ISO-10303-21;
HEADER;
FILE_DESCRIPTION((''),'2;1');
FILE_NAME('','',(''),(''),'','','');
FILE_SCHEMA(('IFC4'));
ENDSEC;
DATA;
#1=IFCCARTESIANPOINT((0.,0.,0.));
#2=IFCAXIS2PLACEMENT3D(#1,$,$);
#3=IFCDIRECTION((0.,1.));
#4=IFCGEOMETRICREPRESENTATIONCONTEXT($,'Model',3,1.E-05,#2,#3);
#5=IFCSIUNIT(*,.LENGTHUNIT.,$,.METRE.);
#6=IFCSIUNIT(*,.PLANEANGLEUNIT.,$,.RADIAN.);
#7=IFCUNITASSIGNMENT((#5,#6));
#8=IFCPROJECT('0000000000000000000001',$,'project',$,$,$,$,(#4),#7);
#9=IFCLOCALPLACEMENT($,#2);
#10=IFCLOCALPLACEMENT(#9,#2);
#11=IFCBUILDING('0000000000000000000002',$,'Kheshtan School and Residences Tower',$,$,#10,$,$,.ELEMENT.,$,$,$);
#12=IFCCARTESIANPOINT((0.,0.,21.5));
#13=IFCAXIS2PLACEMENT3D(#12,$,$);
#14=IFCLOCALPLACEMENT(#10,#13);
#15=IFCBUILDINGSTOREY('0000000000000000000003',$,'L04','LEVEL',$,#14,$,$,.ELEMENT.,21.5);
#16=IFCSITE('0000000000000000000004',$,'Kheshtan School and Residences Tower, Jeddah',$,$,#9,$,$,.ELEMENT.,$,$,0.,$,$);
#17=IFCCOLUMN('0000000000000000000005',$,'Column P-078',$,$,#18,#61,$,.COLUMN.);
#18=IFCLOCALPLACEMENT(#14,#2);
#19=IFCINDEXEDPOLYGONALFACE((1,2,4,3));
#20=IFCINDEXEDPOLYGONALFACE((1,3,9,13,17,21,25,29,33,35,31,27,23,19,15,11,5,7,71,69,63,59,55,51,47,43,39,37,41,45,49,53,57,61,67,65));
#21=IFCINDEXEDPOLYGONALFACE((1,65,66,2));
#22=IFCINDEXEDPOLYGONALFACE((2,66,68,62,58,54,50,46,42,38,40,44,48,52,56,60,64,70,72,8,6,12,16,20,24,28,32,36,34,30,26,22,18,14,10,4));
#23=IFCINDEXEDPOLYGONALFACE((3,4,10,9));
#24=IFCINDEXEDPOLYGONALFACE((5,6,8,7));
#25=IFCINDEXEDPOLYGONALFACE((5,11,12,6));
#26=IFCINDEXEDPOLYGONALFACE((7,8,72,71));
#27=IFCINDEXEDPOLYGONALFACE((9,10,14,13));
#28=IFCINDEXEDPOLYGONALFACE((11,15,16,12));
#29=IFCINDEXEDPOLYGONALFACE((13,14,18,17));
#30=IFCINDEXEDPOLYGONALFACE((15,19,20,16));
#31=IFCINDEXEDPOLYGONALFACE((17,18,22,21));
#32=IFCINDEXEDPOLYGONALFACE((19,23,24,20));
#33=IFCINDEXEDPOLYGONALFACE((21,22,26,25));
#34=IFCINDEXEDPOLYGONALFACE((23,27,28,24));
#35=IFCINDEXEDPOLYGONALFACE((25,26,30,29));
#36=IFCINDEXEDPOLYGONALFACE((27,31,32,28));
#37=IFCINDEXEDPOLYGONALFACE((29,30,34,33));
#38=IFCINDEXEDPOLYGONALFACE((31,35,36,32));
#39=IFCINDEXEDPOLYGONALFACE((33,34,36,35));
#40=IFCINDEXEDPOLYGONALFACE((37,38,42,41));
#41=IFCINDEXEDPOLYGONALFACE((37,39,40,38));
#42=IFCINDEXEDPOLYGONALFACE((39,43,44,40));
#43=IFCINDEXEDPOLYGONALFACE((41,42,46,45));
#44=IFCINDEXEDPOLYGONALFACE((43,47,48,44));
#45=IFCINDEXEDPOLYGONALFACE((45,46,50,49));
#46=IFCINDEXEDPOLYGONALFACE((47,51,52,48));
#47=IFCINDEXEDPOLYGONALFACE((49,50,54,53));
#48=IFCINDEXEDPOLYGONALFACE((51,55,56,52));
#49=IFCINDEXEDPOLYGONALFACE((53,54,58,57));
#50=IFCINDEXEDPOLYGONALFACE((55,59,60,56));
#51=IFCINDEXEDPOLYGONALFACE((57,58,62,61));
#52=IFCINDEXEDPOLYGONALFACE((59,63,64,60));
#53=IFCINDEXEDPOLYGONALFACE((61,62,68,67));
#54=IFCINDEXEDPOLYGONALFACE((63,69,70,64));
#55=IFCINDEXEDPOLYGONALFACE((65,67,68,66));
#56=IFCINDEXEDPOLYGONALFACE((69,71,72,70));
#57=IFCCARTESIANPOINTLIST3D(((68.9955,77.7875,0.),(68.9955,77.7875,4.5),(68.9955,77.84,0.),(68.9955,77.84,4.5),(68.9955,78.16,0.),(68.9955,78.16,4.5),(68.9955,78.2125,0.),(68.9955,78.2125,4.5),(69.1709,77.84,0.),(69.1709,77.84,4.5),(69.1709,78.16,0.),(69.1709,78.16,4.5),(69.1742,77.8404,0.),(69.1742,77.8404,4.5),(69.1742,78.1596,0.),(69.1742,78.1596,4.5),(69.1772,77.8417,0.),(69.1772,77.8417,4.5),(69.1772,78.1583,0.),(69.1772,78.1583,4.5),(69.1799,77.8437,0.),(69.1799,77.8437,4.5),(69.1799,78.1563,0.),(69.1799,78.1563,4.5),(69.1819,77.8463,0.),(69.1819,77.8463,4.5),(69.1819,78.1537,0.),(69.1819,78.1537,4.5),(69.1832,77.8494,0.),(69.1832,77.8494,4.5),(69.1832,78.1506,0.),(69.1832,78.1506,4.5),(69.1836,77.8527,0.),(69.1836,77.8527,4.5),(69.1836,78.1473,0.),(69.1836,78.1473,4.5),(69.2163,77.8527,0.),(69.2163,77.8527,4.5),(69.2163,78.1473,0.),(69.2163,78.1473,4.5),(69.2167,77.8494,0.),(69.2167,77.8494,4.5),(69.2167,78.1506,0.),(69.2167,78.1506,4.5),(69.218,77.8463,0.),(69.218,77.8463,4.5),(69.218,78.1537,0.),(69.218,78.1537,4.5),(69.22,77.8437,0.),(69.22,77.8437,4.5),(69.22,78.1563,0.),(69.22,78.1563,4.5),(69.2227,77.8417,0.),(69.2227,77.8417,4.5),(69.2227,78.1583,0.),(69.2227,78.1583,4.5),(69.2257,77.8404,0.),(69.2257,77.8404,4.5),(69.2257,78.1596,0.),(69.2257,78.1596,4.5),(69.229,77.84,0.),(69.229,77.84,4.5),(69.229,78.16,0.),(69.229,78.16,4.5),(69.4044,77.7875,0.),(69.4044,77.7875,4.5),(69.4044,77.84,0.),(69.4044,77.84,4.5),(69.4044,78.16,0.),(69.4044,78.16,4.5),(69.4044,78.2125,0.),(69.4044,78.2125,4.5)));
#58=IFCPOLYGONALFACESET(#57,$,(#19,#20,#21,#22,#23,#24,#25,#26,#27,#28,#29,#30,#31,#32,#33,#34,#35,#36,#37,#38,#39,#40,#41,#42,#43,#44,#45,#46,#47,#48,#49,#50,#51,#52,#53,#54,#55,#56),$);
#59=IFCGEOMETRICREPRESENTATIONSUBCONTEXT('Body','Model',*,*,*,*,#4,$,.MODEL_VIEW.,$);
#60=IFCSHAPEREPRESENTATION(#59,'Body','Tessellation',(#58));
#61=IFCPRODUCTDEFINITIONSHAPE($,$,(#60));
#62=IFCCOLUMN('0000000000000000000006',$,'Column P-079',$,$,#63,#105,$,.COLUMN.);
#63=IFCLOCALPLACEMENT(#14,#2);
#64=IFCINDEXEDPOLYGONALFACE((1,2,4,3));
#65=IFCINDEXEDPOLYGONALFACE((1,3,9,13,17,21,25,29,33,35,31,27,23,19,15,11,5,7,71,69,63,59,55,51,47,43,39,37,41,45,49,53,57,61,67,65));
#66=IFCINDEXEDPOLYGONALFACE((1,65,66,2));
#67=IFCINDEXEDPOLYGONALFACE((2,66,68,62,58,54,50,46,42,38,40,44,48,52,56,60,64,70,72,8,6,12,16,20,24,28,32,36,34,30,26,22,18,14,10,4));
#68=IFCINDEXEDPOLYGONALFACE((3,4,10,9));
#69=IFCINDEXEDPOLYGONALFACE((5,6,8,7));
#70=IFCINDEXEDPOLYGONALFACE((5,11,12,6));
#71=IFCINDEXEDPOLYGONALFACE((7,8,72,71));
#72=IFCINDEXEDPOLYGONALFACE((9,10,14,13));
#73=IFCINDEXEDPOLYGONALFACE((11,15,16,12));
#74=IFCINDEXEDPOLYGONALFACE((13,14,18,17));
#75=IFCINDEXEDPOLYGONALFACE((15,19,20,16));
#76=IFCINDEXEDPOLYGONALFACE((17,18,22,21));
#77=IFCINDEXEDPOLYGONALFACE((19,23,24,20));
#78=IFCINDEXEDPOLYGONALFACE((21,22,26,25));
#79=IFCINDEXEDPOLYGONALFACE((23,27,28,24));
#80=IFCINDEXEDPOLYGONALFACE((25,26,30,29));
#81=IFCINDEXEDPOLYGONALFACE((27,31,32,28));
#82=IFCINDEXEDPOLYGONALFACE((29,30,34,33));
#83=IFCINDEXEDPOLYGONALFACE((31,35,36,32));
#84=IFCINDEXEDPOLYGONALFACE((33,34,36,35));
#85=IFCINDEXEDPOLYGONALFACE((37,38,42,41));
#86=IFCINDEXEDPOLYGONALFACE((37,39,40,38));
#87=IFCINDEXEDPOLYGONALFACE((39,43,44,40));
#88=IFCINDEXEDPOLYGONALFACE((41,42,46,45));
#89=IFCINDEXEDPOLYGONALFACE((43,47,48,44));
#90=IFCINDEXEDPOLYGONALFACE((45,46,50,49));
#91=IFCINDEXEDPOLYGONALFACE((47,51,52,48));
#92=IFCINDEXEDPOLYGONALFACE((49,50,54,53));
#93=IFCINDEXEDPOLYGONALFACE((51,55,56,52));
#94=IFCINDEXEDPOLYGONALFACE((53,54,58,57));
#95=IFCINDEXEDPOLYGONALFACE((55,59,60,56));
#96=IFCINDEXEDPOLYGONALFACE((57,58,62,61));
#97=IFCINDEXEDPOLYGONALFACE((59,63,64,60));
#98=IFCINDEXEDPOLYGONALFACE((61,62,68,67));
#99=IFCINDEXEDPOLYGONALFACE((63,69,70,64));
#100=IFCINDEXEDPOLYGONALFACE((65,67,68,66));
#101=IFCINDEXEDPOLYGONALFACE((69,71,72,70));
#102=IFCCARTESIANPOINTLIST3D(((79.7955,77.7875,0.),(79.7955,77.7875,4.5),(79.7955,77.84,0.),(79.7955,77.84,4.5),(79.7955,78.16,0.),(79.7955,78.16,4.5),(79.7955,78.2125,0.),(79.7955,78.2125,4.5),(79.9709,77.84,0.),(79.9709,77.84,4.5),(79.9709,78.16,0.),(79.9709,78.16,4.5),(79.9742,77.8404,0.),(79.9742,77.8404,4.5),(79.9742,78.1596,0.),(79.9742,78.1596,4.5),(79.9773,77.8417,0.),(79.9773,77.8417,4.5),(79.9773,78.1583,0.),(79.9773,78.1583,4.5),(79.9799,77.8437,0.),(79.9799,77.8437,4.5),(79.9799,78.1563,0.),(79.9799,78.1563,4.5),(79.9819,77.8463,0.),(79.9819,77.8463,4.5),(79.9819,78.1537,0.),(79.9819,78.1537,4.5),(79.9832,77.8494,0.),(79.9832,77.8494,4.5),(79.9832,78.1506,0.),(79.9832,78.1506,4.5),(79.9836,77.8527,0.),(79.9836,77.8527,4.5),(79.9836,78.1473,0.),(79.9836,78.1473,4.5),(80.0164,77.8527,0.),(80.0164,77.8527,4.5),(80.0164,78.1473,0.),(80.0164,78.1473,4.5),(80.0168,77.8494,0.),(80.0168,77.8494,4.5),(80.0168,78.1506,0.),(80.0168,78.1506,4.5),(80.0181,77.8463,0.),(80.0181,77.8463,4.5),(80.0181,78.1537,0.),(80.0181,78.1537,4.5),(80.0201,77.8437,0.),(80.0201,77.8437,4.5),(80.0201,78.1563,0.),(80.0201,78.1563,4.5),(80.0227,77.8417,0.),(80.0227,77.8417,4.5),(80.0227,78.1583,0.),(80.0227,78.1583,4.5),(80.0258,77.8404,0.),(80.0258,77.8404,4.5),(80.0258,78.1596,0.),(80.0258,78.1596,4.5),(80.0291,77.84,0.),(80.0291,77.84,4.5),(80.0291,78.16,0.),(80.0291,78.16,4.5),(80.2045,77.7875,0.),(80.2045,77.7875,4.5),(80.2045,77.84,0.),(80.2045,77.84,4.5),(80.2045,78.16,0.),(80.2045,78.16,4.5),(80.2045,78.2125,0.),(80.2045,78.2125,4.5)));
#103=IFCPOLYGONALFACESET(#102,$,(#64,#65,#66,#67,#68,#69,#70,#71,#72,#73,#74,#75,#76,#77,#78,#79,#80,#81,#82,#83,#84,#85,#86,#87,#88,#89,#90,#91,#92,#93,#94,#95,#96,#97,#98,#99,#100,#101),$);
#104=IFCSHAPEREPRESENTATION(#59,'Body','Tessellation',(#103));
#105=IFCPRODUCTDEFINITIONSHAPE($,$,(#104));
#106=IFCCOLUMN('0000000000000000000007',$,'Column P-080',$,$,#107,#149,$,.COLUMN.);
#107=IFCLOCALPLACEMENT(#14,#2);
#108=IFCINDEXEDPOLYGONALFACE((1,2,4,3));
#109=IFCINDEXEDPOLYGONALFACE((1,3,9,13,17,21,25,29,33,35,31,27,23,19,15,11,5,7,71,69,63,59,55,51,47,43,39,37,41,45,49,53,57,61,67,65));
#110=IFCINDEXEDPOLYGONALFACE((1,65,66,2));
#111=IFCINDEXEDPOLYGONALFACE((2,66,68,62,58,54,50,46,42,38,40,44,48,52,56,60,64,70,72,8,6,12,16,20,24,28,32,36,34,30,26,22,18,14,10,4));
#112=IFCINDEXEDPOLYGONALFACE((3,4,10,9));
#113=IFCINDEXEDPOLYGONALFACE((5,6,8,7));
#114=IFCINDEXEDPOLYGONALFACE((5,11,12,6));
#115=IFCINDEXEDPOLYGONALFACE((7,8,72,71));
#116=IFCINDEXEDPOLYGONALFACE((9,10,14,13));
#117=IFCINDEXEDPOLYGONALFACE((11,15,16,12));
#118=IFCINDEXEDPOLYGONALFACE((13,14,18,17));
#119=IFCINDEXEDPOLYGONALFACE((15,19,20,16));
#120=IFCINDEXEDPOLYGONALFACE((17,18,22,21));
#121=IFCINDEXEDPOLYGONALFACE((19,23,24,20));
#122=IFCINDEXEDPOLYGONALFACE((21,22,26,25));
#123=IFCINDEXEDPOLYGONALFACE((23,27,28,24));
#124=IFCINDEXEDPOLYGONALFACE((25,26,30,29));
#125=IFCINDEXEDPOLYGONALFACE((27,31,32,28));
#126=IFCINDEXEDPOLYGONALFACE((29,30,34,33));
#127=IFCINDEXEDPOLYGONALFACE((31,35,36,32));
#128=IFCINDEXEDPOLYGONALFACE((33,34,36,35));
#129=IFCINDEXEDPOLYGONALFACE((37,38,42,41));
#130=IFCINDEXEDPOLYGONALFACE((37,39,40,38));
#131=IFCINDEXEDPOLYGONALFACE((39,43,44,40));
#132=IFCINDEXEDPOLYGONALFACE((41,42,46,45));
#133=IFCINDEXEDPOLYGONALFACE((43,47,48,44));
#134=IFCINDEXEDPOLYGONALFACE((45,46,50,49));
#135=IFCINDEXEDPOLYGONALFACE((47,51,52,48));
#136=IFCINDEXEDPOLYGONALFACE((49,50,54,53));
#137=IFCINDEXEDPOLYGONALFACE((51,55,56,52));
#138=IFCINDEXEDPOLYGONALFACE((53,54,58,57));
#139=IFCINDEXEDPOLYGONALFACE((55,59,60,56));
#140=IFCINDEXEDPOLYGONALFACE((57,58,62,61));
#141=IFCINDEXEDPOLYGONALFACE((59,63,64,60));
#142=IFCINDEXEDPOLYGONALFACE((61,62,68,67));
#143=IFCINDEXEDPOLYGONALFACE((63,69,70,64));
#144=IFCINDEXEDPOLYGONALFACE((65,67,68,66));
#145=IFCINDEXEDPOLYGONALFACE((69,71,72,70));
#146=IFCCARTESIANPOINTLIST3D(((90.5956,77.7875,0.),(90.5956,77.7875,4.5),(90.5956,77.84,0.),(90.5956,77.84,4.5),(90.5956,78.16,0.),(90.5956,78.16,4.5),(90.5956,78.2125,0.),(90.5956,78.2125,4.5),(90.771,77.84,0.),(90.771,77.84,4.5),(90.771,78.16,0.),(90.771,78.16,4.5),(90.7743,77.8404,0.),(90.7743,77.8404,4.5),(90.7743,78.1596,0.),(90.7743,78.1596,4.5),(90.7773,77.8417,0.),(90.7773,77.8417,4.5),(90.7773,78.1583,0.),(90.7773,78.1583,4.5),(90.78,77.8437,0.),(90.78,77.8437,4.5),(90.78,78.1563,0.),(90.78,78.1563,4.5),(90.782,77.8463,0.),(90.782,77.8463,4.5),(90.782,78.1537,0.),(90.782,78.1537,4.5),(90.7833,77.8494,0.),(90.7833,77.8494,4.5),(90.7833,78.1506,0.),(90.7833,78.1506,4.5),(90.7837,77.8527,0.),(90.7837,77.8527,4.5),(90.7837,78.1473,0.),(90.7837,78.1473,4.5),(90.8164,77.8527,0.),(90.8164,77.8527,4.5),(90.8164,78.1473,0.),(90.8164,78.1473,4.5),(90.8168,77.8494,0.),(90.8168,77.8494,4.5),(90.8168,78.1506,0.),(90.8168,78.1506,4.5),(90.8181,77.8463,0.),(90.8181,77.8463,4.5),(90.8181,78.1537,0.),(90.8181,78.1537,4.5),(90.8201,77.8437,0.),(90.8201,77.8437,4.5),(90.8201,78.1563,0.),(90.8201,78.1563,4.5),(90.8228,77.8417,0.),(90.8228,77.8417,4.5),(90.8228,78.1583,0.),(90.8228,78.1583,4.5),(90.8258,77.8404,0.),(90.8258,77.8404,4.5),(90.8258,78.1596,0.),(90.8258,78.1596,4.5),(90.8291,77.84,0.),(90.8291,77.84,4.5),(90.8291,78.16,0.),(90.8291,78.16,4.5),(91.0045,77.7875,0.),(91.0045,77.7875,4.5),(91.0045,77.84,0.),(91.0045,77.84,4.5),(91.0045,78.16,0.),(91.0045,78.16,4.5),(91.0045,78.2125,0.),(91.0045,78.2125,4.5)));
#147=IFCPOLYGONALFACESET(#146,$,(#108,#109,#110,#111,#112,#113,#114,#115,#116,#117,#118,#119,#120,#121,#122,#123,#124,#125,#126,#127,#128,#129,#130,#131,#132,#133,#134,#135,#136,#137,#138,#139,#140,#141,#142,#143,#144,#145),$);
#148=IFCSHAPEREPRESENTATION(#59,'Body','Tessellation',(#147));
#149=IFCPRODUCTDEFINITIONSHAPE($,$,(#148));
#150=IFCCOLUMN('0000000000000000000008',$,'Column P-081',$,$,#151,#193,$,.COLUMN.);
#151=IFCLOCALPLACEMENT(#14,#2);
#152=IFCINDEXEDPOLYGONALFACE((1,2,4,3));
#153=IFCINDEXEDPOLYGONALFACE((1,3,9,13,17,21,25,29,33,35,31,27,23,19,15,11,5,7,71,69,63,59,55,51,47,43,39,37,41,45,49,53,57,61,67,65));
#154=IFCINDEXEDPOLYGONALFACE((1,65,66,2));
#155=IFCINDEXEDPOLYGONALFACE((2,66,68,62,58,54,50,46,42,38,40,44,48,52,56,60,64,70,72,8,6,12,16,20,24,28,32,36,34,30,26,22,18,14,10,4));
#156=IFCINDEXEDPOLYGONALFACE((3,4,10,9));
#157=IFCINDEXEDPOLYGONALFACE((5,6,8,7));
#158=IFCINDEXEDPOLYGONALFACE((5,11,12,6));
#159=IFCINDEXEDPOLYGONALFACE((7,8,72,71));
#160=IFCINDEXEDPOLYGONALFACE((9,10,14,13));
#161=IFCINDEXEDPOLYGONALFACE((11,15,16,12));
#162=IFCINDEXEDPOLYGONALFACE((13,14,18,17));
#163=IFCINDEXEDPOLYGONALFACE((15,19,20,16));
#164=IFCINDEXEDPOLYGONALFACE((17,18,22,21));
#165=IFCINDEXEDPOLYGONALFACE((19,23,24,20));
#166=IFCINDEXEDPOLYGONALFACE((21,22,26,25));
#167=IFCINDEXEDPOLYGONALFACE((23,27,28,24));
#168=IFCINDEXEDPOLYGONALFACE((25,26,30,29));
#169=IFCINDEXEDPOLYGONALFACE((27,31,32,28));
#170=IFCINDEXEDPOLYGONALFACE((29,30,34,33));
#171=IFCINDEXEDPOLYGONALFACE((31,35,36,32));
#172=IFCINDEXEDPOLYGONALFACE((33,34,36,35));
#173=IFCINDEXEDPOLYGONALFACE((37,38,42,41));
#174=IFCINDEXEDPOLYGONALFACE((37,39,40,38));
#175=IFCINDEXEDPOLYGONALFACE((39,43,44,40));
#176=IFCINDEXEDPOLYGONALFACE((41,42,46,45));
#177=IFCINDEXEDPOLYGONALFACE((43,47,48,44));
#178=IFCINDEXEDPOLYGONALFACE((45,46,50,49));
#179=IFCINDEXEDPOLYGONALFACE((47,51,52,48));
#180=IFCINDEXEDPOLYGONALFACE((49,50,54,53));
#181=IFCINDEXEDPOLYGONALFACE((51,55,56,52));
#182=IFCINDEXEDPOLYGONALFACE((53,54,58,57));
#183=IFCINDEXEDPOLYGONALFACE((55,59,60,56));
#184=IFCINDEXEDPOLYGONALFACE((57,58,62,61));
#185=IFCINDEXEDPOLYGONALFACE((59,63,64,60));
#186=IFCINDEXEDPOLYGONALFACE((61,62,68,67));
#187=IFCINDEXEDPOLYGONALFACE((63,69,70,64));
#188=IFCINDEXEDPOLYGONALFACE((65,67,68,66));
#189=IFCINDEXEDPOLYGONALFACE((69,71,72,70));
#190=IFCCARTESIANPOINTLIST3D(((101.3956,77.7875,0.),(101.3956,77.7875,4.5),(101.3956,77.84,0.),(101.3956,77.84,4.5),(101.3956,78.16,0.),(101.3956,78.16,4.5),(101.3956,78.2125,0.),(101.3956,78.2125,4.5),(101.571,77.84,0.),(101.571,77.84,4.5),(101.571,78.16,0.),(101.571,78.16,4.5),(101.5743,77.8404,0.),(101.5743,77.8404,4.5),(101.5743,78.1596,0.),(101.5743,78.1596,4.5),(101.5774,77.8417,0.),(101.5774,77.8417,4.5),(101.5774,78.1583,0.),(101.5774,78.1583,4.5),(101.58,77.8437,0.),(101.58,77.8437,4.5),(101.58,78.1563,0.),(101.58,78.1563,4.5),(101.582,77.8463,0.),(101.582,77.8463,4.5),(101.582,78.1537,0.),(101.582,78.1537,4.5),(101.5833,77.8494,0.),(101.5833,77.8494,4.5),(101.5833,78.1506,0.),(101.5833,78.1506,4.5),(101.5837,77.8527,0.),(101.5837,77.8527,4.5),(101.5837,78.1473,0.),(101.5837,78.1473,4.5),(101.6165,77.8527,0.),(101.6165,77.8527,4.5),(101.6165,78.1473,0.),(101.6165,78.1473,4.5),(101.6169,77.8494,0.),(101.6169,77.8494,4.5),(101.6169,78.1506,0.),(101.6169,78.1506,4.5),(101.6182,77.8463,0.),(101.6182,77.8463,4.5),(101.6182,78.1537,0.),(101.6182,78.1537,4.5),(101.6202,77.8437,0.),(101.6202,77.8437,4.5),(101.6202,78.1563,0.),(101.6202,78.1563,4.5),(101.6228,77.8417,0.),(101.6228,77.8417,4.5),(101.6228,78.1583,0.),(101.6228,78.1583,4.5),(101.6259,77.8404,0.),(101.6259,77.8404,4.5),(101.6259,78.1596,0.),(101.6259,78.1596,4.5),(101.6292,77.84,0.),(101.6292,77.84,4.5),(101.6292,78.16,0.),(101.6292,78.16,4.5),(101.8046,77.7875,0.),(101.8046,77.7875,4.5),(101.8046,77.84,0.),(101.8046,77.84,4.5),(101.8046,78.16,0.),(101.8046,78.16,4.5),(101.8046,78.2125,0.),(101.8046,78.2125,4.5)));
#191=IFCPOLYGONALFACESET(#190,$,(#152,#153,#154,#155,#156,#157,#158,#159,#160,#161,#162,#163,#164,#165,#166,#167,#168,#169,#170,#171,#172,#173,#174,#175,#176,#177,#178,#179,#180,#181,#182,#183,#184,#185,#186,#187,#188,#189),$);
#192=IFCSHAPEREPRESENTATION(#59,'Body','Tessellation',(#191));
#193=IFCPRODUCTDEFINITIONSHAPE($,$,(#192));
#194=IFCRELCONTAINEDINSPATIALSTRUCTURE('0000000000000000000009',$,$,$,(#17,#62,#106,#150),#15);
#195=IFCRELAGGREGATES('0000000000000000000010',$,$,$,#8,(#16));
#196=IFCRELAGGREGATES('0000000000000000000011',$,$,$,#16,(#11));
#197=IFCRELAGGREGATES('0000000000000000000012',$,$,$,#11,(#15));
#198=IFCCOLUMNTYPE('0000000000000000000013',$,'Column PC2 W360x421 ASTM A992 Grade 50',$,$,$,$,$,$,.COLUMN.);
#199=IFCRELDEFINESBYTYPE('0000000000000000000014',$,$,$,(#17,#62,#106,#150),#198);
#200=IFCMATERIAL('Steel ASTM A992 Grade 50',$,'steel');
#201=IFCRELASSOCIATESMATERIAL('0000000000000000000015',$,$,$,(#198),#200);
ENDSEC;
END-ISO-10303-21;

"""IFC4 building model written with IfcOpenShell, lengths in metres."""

from ifc_helpers import new_model, si_unit, direction, frame, origin, origin_2d, place, context, subcontext, project, spatial, i_section, extrude, material, material_profile, profile_set, type_object, element, save


model = new_model("IFC4")

# Units and contexts
model_context = context("Model", 3, precision=1e-05, world=origin(), true_north=direction((0.0, 1.0)))
body_context = subcontext(model_context, "Body", "Model", "MODEL_VIEW")
ifc_project = project(units=[si_unit("LENGTHUNIT", "METRE"), si_unit("PLANEANGLEUNIT", "RADIAN")], contexts=[model_context])

# Site, building, storey
site_placement = place(None, origin())
site = spatial("IfcSite", under=ifc_project, at=site_placement, Name="Kheshtan School and Residences Tower, Jeddah", CompositionType="ELEMENT", RefElevation=0.0)
building_placement = place(site_placement, origin())
building = spatial("IfcBuilding", under=site, at=building_placement, Name="Kheshtan School and Residences Tower", CompositionType="ELEMENT")
storey_placement = place(building_placement, frame((0.0, 0.0, 21.5)))
storey = spatial("IfcBuildingStorey", under=building, at=storey_placement, Name="L04", Description="LEVEL", CompositionType="ELEMENT", Elevation=21.5)

# Columns
ifc_material_1 = material(Name="Steel ASTM A992 Grade 50", Category="steel")
ifc_material_profile_1 = material_profile(ifc_material_1, i_section(OverallWidth=0.4089, OverallDepth=0.425, WebThickness=0.0327, FlangeThickness=0.0525, FilletRadius=0.0127, at=origin_2d()), Name="W360x421")
ifc_profile_set_1 = profile_set([ifc_material_profile_1], Name="Steel ASTM A992 Grade 50")
column_type = type_object("IfcColumnType", Name="Column PC2 W360x421 ASTM A992 Grade 50", PredefinedType="COLUMN", material=ifc_profile_set_1)
for number, where, z_axis, x_axis, name in (
    (1, (69.2, 78.0, 0.0), (0.0, 0.0, 1.0), (1.0, 0.0, 0.0), "Column P-078"),
    (2, (80.0, 78.0, 0.0), (0.0, 0.0, 1.0), (1.0, 0.0, 0.0), "Column P-079"),
    (3, (90.8, 78.0, 0.0), (0.0, 0.0, 1.0), (1.0, 0.0, 0.0), "Column P-080"),
    (4, (101.6001, 78.0, 0.0), (0.0, 0.0, 1.0), (1.0, 0.0, 0.0), "Column P-081"),
):
    element("IfcColumn", number, at=place(storey_placement, frame(where, z_axis=z_axis, x_axis=x_axis)), inside=storey, type_object=column_type, Name=name, PredefinedType="COLUMN", context=body_context, shape_type="SweptSolid", body=[
        extrude(i_section(OverallWidth=0.4089, OverallDepth=0.425, WebThickness=0.0327, FlangeThickness=0.0525, FilletRadius=0.0127, at=origin_2d()), origin(), (0.0, 0.0, 1.0), 4.5),
    ])

save(model, "model.ifc")
